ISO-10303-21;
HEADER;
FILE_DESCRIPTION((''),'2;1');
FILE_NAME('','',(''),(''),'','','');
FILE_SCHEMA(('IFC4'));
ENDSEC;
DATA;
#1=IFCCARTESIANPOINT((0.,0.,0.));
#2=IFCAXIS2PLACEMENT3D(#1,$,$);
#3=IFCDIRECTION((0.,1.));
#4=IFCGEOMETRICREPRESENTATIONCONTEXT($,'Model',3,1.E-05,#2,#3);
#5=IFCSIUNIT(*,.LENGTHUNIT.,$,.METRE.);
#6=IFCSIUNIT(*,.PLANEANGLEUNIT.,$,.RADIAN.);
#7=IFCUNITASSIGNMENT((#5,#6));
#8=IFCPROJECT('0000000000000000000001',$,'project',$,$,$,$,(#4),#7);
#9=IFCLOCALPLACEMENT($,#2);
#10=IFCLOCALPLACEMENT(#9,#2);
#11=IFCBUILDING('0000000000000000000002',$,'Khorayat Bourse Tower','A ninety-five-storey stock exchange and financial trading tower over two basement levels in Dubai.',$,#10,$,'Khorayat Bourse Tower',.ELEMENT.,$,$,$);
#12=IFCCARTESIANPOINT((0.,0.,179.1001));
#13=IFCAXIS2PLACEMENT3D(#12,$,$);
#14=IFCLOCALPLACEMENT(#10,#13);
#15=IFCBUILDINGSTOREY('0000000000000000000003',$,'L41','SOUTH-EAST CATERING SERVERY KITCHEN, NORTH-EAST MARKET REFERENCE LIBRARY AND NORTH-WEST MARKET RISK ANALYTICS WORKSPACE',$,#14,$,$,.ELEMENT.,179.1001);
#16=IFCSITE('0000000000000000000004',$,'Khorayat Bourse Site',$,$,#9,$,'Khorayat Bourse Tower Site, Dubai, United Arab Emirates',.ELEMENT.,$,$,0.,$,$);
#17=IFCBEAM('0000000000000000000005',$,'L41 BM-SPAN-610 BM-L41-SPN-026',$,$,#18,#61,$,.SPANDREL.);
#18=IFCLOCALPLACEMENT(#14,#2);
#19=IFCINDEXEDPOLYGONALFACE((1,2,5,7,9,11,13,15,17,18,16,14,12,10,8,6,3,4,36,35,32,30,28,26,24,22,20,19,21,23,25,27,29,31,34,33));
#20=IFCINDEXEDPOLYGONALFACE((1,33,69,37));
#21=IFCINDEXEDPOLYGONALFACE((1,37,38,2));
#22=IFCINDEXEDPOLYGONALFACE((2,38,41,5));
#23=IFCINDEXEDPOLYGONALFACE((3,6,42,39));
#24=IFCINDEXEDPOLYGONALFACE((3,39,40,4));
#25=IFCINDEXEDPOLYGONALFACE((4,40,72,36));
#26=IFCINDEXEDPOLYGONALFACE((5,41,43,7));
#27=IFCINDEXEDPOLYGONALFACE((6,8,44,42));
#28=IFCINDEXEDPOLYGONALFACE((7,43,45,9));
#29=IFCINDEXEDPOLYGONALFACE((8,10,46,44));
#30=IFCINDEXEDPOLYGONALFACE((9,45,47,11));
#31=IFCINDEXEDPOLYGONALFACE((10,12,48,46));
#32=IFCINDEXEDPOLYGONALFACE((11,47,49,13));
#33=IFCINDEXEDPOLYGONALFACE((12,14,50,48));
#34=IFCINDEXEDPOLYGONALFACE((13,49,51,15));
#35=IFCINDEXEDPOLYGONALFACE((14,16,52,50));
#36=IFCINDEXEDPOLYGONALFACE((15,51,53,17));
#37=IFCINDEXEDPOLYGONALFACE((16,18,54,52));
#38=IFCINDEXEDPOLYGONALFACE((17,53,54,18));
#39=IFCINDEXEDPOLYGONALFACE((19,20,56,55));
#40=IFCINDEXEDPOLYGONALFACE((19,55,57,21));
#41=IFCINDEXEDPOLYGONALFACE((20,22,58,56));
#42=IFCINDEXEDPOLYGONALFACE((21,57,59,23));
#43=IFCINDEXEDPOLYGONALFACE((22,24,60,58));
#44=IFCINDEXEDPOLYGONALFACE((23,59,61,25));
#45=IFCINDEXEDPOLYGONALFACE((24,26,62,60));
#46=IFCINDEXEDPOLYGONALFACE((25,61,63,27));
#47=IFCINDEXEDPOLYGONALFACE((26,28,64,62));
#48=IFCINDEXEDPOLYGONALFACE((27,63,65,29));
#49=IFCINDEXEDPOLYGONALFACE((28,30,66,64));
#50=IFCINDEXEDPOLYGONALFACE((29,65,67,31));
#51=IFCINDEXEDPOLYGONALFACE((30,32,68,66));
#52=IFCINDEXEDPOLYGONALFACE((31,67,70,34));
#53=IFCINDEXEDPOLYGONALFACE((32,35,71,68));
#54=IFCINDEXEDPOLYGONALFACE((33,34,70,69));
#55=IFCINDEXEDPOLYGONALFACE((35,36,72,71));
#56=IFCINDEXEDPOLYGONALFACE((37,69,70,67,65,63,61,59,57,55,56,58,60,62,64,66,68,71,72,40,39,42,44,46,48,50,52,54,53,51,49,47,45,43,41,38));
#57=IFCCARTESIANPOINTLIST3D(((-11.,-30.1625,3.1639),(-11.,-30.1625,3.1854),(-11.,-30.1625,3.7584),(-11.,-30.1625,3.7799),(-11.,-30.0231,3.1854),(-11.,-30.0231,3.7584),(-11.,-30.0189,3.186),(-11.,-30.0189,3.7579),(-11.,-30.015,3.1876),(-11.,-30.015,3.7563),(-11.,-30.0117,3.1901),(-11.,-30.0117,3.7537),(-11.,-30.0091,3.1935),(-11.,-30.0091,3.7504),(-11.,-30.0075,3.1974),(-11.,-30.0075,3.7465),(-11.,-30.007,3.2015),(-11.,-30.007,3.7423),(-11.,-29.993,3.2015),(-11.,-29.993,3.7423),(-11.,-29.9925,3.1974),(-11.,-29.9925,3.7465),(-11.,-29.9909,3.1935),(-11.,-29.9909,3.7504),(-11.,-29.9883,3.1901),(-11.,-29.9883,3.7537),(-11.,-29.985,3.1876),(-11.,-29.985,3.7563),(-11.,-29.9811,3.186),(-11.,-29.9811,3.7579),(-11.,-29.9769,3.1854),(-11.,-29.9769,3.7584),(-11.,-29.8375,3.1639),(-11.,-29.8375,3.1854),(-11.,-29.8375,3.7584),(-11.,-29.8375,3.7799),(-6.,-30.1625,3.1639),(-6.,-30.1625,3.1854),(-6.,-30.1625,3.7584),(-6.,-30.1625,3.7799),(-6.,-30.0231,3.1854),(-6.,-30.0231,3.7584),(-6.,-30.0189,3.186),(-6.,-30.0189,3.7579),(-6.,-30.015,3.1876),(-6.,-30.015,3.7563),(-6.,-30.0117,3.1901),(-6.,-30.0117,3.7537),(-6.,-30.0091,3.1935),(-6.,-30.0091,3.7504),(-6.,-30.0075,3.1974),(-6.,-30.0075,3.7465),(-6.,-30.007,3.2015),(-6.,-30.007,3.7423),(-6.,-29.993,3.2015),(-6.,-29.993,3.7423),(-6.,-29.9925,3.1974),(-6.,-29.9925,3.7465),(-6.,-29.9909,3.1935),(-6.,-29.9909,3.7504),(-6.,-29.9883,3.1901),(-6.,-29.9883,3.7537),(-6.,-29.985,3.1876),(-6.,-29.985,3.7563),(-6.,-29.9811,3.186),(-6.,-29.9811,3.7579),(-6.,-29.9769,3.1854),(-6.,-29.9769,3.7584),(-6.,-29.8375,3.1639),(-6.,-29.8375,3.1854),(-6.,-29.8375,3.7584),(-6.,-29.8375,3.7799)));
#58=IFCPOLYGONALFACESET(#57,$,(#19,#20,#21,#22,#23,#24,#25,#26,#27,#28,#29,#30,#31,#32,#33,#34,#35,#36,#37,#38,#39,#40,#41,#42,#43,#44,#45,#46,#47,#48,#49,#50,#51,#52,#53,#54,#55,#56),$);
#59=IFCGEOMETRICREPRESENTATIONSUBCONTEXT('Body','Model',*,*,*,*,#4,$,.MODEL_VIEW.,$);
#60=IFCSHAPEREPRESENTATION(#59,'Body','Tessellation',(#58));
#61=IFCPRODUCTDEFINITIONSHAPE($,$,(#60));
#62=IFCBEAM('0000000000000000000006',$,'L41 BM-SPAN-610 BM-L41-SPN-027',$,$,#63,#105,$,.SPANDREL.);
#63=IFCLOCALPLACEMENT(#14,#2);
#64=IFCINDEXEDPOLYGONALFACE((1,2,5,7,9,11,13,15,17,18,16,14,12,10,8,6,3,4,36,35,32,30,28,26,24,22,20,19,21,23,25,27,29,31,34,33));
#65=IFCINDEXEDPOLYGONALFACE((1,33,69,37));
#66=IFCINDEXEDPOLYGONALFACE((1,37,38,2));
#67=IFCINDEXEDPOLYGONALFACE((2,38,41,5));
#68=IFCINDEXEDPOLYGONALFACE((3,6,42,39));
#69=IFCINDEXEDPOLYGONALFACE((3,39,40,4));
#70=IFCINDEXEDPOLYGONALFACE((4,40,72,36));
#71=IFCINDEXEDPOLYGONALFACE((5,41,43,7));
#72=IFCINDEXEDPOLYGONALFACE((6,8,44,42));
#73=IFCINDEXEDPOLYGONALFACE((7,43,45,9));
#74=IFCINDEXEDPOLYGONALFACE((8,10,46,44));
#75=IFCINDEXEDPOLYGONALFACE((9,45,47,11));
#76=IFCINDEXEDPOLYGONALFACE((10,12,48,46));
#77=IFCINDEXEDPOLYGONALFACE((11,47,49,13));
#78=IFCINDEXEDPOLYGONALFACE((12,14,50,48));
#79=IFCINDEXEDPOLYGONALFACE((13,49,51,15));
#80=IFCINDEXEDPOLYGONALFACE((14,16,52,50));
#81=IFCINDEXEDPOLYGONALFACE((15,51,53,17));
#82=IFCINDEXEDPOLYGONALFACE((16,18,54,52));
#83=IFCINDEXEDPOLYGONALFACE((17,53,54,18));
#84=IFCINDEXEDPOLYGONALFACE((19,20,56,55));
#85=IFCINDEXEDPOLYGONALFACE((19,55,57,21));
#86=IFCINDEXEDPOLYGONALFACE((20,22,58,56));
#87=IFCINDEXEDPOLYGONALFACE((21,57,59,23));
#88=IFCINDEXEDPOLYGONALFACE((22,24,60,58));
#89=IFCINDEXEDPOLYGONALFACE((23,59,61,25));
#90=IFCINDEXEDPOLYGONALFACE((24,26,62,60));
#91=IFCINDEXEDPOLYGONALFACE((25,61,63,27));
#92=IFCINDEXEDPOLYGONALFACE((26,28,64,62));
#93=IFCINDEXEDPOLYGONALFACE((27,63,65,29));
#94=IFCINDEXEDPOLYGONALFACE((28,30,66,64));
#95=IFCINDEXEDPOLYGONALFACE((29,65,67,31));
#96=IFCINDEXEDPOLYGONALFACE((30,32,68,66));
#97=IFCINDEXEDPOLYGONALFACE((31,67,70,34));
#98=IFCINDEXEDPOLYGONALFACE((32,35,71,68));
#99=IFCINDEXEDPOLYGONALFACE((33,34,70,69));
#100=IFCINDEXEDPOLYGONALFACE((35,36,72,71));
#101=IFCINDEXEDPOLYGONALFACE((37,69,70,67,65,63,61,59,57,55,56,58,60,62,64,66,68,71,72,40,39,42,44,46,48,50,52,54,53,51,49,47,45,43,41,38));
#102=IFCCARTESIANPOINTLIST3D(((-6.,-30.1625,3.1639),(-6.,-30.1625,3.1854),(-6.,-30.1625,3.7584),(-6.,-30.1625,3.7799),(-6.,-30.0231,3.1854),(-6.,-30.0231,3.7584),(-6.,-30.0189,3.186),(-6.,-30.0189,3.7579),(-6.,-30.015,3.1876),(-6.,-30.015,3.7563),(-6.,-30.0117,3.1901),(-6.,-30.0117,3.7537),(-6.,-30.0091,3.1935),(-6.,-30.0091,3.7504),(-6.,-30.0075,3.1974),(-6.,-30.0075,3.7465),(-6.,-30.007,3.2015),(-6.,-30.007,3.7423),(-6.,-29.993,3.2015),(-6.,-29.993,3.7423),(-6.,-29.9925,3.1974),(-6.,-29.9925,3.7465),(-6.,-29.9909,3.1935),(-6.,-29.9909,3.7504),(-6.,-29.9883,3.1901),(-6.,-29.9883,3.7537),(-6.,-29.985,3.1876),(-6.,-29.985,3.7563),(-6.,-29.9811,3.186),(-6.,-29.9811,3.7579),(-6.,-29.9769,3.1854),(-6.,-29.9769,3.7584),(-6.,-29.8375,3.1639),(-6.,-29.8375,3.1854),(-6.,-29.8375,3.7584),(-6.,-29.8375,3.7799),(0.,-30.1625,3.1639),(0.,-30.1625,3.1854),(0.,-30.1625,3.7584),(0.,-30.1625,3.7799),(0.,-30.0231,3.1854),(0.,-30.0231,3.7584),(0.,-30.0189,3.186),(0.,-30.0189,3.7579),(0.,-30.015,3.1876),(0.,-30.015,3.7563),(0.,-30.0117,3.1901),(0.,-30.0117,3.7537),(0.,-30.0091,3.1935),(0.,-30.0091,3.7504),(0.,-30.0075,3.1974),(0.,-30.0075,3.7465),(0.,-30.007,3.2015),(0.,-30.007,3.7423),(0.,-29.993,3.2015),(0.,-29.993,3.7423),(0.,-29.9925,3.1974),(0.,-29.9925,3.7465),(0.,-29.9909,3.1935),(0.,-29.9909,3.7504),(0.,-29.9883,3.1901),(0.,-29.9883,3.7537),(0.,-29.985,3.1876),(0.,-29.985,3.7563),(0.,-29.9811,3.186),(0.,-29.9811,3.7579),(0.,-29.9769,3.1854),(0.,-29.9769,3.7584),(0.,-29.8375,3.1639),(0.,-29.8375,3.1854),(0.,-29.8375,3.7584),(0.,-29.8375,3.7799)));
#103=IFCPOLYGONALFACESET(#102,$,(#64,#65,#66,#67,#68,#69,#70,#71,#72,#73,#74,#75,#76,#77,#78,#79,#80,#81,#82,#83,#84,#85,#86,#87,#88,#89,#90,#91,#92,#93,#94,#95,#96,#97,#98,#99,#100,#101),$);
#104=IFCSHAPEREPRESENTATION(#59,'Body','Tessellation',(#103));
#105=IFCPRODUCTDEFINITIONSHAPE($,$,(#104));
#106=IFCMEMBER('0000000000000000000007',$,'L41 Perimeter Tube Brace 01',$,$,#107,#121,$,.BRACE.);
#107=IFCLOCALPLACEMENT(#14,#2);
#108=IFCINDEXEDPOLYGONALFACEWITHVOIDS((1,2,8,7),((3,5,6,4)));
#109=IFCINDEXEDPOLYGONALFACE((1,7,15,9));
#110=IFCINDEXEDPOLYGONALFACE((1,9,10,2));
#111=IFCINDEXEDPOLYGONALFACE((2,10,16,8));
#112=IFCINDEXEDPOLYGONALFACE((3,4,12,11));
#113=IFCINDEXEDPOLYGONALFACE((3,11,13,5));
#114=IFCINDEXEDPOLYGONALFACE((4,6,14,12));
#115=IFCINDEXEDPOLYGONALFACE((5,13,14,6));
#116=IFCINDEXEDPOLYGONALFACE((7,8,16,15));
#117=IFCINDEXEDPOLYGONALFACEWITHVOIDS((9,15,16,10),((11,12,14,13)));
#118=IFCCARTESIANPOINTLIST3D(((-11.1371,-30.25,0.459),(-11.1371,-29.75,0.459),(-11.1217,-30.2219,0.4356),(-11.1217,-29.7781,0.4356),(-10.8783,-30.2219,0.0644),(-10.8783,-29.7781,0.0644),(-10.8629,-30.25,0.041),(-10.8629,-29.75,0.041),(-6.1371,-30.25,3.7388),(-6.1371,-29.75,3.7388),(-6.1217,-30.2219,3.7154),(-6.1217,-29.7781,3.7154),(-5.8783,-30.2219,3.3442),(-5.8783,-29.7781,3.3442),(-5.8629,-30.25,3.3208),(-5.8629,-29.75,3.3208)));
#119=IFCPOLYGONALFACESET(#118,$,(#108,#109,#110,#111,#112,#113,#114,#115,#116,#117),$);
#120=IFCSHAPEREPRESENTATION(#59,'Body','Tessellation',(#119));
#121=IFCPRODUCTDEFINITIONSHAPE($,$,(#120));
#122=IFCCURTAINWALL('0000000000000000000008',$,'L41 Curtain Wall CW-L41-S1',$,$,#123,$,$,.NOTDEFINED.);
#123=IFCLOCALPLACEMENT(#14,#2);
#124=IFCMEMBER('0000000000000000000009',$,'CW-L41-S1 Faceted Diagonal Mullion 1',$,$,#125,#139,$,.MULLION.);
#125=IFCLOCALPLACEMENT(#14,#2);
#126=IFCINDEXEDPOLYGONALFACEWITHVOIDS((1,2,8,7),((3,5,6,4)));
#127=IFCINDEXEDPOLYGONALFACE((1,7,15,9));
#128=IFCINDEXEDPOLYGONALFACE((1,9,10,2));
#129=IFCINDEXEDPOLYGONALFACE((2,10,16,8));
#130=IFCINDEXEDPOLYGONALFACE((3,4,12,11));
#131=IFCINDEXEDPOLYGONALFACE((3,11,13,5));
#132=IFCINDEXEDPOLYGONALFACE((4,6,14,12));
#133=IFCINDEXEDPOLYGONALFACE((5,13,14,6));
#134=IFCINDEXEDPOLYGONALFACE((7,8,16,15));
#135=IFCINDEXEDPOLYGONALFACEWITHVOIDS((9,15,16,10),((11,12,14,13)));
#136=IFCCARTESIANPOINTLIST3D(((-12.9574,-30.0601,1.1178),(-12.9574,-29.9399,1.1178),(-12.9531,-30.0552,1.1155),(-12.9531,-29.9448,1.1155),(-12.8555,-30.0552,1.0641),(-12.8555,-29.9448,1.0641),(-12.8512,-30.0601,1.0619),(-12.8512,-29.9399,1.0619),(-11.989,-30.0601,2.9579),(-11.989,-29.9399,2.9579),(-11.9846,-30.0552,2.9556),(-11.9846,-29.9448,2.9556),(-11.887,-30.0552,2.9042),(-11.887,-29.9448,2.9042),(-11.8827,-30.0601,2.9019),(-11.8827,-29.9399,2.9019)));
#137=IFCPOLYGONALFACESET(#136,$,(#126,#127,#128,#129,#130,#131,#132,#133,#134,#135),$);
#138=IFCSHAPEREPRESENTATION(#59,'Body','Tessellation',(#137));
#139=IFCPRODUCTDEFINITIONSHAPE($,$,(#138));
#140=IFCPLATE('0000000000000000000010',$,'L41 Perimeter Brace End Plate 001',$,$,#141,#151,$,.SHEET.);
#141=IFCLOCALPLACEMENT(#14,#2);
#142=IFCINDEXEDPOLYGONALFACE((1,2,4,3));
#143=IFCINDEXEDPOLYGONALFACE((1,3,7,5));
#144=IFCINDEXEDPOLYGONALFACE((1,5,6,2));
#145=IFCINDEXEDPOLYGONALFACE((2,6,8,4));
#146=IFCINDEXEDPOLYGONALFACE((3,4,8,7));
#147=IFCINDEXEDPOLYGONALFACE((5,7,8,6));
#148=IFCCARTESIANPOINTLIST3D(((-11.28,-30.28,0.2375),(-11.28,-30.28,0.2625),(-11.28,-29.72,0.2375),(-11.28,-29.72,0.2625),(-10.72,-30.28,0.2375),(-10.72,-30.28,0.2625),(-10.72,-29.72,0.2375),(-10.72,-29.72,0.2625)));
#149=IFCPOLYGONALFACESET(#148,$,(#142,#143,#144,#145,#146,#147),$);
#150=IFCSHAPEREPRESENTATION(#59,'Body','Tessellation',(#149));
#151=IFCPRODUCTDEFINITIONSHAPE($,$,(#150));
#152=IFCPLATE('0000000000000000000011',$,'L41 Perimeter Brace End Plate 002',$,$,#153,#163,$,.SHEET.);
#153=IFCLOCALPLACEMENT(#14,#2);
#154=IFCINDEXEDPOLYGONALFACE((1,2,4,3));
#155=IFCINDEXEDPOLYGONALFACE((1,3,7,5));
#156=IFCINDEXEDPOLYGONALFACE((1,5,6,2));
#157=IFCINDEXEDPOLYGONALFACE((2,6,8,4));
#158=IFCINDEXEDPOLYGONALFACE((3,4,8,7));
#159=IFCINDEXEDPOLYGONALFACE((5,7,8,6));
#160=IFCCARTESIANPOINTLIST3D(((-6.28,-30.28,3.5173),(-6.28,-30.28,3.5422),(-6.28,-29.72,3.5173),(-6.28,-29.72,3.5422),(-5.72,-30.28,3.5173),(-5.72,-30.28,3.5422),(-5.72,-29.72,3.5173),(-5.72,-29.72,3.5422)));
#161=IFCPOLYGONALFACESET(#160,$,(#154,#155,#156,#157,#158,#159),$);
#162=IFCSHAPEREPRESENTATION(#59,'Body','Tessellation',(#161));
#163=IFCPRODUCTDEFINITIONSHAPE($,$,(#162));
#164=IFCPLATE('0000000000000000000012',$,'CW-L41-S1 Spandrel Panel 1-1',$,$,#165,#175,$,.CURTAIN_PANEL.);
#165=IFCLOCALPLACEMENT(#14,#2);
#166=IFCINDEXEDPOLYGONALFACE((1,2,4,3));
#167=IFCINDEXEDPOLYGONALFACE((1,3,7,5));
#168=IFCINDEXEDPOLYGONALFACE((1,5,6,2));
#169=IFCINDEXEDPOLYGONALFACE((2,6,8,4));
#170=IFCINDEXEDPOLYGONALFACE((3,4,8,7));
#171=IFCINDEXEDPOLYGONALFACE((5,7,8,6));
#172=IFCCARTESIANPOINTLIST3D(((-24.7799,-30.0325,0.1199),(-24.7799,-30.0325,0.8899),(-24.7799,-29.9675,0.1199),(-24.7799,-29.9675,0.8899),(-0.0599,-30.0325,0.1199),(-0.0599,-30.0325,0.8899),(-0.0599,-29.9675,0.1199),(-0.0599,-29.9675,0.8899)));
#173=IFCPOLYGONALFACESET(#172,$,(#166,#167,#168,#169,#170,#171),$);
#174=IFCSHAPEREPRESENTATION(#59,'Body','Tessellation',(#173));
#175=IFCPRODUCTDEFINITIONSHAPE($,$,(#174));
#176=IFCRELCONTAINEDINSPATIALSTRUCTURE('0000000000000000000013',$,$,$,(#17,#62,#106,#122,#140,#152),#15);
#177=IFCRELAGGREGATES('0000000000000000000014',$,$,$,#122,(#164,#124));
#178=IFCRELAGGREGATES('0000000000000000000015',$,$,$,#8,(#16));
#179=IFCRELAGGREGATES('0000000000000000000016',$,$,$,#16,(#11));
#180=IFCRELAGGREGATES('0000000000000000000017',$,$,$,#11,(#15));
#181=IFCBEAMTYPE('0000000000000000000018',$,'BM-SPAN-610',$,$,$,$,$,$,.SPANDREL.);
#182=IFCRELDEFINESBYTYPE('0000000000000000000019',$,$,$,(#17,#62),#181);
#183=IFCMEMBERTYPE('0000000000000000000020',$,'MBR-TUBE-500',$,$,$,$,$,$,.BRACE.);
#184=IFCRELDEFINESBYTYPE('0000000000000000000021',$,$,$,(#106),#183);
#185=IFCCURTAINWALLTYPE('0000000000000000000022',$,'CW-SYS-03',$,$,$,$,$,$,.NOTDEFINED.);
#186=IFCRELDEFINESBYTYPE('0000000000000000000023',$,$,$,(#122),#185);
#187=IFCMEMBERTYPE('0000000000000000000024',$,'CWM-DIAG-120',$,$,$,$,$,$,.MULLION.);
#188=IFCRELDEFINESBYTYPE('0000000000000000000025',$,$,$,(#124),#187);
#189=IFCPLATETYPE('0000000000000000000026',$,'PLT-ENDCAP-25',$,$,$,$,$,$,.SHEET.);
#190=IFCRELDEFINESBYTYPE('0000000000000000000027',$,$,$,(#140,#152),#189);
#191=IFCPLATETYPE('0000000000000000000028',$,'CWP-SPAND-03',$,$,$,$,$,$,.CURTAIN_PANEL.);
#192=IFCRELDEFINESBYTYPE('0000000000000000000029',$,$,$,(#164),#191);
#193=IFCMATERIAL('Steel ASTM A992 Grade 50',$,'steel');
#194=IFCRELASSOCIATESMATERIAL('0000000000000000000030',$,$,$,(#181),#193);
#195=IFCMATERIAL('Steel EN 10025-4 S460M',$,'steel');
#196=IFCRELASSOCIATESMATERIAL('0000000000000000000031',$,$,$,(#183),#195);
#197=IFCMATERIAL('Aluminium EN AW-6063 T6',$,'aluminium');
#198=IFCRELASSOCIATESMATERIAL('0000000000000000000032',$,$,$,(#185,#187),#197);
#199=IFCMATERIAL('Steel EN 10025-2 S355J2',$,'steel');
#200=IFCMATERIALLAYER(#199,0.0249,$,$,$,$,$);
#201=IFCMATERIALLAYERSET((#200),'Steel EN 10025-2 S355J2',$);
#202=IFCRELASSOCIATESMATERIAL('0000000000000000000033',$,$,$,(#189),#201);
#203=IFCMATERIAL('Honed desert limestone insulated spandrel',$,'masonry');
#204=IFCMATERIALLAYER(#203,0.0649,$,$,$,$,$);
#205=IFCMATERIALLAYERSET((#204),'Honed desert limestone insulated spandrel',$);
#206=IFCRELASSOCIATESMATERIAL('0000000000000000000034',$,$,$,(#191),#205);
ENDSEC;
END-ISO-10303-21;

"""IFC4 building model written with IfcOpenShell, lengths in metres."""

from ifc_helpers import new_model, si_unit, direction, frame, origin, origin_2d, place, context, subcontext, project, spatial, rectangle, hollow_rectangle, i_section, extrude, source, transform, mapped, material, layer, layer_set, material_profile, profile_set, type_object, element, aggregate, save


model = new_model("IFC4")

# Units and contexts
model_context = context("Model", 3, precision=1e-05, world=origin(), true_north=direction((0.0, 1.0)))
body_context = subcontext(model_context, "Body", "Model", "MODEL_VIEW")
ifc_project = project(units=[si_unit("LENGTHUNIT", "METRE"), si_unit("PLANEANGLEUNIT", "RADIAN")], contexts=[model_context])

# Site, building, storey
site_placement = place(None, origin())
site = spatial("IfcSite", under=ifc_project, at=site_placement, Name="Khorayat Bourse Site", LongName="Khorayat Bourse Tower Site, Dubai, United Arab Emirates", CompositionType="ELEMENT", RefElevation=0.0)
building_placement = place(site_placement, origin())
building = spatial("IfcBuilding", under=site, at=building_placement, Name="Khorayat Bourse Tower", Description="A ninety-five-storey stock exchange and financial trading tower over two basement levels in Dubai.", LongName="Khorayat Bourse Tower", CompositionType="ELEMENT")
storey_placement = place(building_placement, frame((0.0, 0.0, 179.1001)))
storey = spatial("IfcBuildingStorey", under=building, at=storey_placement, Name="L41", Description="SOUTH-EAST CATERING SERVERY KITCHEN, NORTH-EAST MARKET REFERENCE LIBRARY AND NORTH-WEST MARKET RISK ANALYTICS WORKSPACE", CompositionType="ELEMENT", Elevation=179.1001)

# Shared definitions
ifc_material_1 = material(Name="Steel EN 10025-4 S460M", Category="steel")

# Beams
ifc_material_2 = material(Name="Steel ASTM A992 Grade 50", Category="steel")
ifc_material_profile_1 = material_profile(ifc_material_2, i_section(OverallWidth=0.325, OverallDepth=0.616, WebThickness=0.0139, FlangeThickness=0.0215, FilletRadius=0.0161, at=origin_2d()), Name="W610X174")
ifc_profile_set_1 = profile_set([ifc_material_profile_1], Name="Steel ASTM A992 Grade 50")
beam_type_1 = type_object("IfcBeamType", Name="BM-SPAN-610", PredefinedType="SPANDREL", material=ifc_profile_set_1)
shared_shape_1 = source(origin(), body_context, "Body", "SweptSolid", [
    extrude(i_section(OverallWidth=0.325, OverallDepth=0.616, WebThickness=0.0139, FlangeThickness=0.0215, FilletRadius=0.0161, at=origin_2d()), origin(), (0.0, 0.0, 1.0), 5.0),
])
beam_1_placement = place(storey_placement, frame((-11.0, -30.0, 3.4719), z_axis=(1.0, 0.0, 0.0), x_axis=(0.0, 1.0, 0.0)))
element("IfcBeam", 1, at=beam_1_placement, inside=storey, type_object=beam_type_1, Name="L41 BM-SPAN-610 BM-L41-SPN-026", PredefinedType="SPANDREL", context=body_context, shape_type="MappedRepresentation", body=[
    mapped(shared_shape_1, transform((0.0, 0.0, 0.0), scale=1.0)),
])
shared_shape_2 = source(origin(), body_context, "Body", "SweptSolid", [
    extrude(i_section(OverallWidth=0.325, OverallDepth=0.616, WebThickness=0.0139, FlangeThickness=0.0215, FilletRadius=0.0161, at=origin_2d()), origin(), (0.0, 0.0, 1.0), 6.0),
])
beam_2_placement = place(storey_placement, frame((-6.0, -30.0, 3.4719), z_axis=(1.0, 0.0, 0.0), x_axis=(0.0, 1.0, 0.0)))
element("IfcBeam", 2, at=beam_2_placement, inside=storey, type_object=beam_type_1, Name="L41 BM-SPAN-610 BM-L41-SPN-027", PredefinedType="SPANDREL", context=body_context, shape_type="MappedRepresentation", body=[
    mapped(shared_shape_2, transform((0.0, 0.0, 0.0), scale=1.0)),
])

# Member
ifc_material_profile_2 = material_profile(ifc_material_1, hollow_rectangle(XDim=0.5, YDim=0.5, WallThickness=0.0281, at=origin_2d()), Name="HSS 500x500x28")
ifc_profile_set_2 = profile_set([ifc_material_profile_2], Name="Steel EN 10025-4 S460M")
member_type_1 = type_object("IfcMemberType", Name="MBR-TUBE-500", PredefinedType="BRACE", material=ifc_profile_set_2)
shared_shape_3 = source(origin(), body_context, "Body", "SweptSolid", [
    extrude(hollow_rectangle(XDim=0.5, YDim=0.5, WallThickness=0.0281, at=origin_2d()), origin(), (0.0, 0.0, 1.0), 5.9797),
])
member_1_placement = place(storey_placement, frame((-11.0, -30.0, 0.25), z_axis=(0.83616, 0.0, 0.548485), x_axis=(0.0, 1.0, 0.0)))
element("IfcMember", 3, at=member_1_placement, inside=storey, type_object=member_type_1, Name="L41 Perimeter Tube Brace 01", PredefinedType="BRACE", context=body_context, shape_type="MappedRepresentation", body=[
    mapped(shared_shape_3, transform((0.0, 0.0, 0.0), scale=1.0)),
])

# Curtain wall, member
ifc_material_3 = material(Name="Aluminium EN AW-6063 T6", Category="aluminium")
curtain_wall_type = type_object("IfcCurtainWallType", Name="CW-SYS-03", PredefinedType="NOTDEFINED", material=ifc_material_3)
curtain_wall_placement = place(storey_placement, origin())
curtain_wall = element("IfcCurtainWall", 4, at=curtain_wall_placement, inside=storey, type_object=curtain_wall_type, Name="L41 Curtain Wall CW-L41-S1", PredefinedType="NOTDEFINED")
ifc_material_profile_3 = material_profile(ifc_material_3, hollow_rectangle(XDim=0.1201, YDim=0.1201, WallThickness=0.0049, at=origin_2d()), Name="ALU 120x120x5")
ifc_profile_set_3 = profile_set([ifc_material_profile_3], Name="Aluminium EN AW-6063 T6")
member_type_2 = type_object("IfcMemberType", Name="CWM-DIAG-120", PredefinedType="MULLION", material=ifc_profile_set_3)
shared_shape_4 = source(origin(), body_context, "Body", "SweptSolid", [
    extrude(hollow_rectangle(XDim=0.1201, YDim=0.1201, WallThickness=0.0049, at=origin_2d()), origin(), (0.0, 0.0, 1.0), 2.0793),
])
member_2_placement = place(storey_placement, frame((-12.9043, -30.0, 1.0898), z_axis=(0.465761, 0.0, 0.884911), x_axis=(0.0, 1.0, 0.0)))
member_2 = element("IfcMember", 5, at=member_2_placement, type_object=member_type_2, Name="CW-L41-S1 Faceted Diagonal Mullion 1", PredefinedType="MULLION", context=body_context, shape_type="MappedRepresentation", body=[
    mapped(shared_shape_4, transform((0.0, 0.0, 0.0), scale=1.0)),
])

# Plates
ifc_material_4 = material(Name="Steel EN 10025-2 S355J2", Category="steel")
ifc_layer_1 = layer(ifc_material_4, 0.0249)
ifc_layer_set_1 = layer_set([ifc_layer_1], Name="Steel EN 10025-2 S355J2")
plate_type_1 = type_object("IfcPlateType", Name="PLT-ENDCAP-25", PredefinedType="SHEET", material=ifc_layer_set_1)
shared_shape_5 = source(origin(), body_context, "Body", "SweptSolid", [
    extrude(rectangle(XDim=0.5601, YDim=0.5601, at=origin_2d()), origin(), (0.0, 0.0, 1.0), 0.0249),
])
for number, where, z_axis, x_axis, name in (
    (6, (-11.0, -30.0, 0.2375), (0.0, 0.0, 1.0), (1.0, 0.0, 0.0), "L41 Perimeter Brace End Plate 001"),
    (7, (-6.0, -30.0, 3.5173), (0.0, 0.0, 1.0), (1.0, 0.0, 0.0), "L41 Perimeter Brace End Plate 002"),
):
    element("IfcPlate", number, at=place(storey_placement, frame(where, z_axis=z_axis, x_axis=x_axis)), inside=storey, type_object=plate_type_1, Name=name, PredefinedType="SHEET", context=body_context, shape_type="MappedRepresentation", body=[
        mapped(shared_shape_5, transform((0.0, 0.0, 0.0), scale=1.0)),
    ])

# Plate
ifc_material_5 = material(Name="Honed desert limestone insulated spandrel", Category="masonry")
ifc_layer_2 = layer(ifc_material_5, 0.0649)
ifc_layer_set_2 = layer_set([ifc_layer_2], Name="Honed desert limestone insulated spandrel")
plate_type_2 = type_object("IfcPlateType", Name="CWP-SPAND-03", PredefinedType="CURTAIN_PANEL", material=ifc_layer_set_2)
shared_shape_6 = source(origin(), body_context, "Body", "SweptSolid", [
    extrude(rectangle(XDim=24.72, YDim=0.0649, at=origin_2d()), origin(), (0.0, 0.0, 1.0), 0.77),
])
plate_1_placement = place(storey_placement, frame((-12.4199, -30.0, 0.1199), z_axis=(0.0, 0.0, 1.0), x_axis=(1.0, 0.0, 0.0)))
plate_1 = element("IfcPlate", 8, at=plate_1_placement, type_object=plate_type_2, Name="CW-L41-S1 Spandrel Panel 1-1", PredefinedType="CURTAIN_PANEL", context=body_context, shape_type="MappedRepresentation", body=[
    mapped(shared_shape_6, transform((0.0, 0.0, 0.0), scale=1.0)),
])
aggregate(curtain_wall, [plate_1, member_2])

save(model, "model.ifc")
